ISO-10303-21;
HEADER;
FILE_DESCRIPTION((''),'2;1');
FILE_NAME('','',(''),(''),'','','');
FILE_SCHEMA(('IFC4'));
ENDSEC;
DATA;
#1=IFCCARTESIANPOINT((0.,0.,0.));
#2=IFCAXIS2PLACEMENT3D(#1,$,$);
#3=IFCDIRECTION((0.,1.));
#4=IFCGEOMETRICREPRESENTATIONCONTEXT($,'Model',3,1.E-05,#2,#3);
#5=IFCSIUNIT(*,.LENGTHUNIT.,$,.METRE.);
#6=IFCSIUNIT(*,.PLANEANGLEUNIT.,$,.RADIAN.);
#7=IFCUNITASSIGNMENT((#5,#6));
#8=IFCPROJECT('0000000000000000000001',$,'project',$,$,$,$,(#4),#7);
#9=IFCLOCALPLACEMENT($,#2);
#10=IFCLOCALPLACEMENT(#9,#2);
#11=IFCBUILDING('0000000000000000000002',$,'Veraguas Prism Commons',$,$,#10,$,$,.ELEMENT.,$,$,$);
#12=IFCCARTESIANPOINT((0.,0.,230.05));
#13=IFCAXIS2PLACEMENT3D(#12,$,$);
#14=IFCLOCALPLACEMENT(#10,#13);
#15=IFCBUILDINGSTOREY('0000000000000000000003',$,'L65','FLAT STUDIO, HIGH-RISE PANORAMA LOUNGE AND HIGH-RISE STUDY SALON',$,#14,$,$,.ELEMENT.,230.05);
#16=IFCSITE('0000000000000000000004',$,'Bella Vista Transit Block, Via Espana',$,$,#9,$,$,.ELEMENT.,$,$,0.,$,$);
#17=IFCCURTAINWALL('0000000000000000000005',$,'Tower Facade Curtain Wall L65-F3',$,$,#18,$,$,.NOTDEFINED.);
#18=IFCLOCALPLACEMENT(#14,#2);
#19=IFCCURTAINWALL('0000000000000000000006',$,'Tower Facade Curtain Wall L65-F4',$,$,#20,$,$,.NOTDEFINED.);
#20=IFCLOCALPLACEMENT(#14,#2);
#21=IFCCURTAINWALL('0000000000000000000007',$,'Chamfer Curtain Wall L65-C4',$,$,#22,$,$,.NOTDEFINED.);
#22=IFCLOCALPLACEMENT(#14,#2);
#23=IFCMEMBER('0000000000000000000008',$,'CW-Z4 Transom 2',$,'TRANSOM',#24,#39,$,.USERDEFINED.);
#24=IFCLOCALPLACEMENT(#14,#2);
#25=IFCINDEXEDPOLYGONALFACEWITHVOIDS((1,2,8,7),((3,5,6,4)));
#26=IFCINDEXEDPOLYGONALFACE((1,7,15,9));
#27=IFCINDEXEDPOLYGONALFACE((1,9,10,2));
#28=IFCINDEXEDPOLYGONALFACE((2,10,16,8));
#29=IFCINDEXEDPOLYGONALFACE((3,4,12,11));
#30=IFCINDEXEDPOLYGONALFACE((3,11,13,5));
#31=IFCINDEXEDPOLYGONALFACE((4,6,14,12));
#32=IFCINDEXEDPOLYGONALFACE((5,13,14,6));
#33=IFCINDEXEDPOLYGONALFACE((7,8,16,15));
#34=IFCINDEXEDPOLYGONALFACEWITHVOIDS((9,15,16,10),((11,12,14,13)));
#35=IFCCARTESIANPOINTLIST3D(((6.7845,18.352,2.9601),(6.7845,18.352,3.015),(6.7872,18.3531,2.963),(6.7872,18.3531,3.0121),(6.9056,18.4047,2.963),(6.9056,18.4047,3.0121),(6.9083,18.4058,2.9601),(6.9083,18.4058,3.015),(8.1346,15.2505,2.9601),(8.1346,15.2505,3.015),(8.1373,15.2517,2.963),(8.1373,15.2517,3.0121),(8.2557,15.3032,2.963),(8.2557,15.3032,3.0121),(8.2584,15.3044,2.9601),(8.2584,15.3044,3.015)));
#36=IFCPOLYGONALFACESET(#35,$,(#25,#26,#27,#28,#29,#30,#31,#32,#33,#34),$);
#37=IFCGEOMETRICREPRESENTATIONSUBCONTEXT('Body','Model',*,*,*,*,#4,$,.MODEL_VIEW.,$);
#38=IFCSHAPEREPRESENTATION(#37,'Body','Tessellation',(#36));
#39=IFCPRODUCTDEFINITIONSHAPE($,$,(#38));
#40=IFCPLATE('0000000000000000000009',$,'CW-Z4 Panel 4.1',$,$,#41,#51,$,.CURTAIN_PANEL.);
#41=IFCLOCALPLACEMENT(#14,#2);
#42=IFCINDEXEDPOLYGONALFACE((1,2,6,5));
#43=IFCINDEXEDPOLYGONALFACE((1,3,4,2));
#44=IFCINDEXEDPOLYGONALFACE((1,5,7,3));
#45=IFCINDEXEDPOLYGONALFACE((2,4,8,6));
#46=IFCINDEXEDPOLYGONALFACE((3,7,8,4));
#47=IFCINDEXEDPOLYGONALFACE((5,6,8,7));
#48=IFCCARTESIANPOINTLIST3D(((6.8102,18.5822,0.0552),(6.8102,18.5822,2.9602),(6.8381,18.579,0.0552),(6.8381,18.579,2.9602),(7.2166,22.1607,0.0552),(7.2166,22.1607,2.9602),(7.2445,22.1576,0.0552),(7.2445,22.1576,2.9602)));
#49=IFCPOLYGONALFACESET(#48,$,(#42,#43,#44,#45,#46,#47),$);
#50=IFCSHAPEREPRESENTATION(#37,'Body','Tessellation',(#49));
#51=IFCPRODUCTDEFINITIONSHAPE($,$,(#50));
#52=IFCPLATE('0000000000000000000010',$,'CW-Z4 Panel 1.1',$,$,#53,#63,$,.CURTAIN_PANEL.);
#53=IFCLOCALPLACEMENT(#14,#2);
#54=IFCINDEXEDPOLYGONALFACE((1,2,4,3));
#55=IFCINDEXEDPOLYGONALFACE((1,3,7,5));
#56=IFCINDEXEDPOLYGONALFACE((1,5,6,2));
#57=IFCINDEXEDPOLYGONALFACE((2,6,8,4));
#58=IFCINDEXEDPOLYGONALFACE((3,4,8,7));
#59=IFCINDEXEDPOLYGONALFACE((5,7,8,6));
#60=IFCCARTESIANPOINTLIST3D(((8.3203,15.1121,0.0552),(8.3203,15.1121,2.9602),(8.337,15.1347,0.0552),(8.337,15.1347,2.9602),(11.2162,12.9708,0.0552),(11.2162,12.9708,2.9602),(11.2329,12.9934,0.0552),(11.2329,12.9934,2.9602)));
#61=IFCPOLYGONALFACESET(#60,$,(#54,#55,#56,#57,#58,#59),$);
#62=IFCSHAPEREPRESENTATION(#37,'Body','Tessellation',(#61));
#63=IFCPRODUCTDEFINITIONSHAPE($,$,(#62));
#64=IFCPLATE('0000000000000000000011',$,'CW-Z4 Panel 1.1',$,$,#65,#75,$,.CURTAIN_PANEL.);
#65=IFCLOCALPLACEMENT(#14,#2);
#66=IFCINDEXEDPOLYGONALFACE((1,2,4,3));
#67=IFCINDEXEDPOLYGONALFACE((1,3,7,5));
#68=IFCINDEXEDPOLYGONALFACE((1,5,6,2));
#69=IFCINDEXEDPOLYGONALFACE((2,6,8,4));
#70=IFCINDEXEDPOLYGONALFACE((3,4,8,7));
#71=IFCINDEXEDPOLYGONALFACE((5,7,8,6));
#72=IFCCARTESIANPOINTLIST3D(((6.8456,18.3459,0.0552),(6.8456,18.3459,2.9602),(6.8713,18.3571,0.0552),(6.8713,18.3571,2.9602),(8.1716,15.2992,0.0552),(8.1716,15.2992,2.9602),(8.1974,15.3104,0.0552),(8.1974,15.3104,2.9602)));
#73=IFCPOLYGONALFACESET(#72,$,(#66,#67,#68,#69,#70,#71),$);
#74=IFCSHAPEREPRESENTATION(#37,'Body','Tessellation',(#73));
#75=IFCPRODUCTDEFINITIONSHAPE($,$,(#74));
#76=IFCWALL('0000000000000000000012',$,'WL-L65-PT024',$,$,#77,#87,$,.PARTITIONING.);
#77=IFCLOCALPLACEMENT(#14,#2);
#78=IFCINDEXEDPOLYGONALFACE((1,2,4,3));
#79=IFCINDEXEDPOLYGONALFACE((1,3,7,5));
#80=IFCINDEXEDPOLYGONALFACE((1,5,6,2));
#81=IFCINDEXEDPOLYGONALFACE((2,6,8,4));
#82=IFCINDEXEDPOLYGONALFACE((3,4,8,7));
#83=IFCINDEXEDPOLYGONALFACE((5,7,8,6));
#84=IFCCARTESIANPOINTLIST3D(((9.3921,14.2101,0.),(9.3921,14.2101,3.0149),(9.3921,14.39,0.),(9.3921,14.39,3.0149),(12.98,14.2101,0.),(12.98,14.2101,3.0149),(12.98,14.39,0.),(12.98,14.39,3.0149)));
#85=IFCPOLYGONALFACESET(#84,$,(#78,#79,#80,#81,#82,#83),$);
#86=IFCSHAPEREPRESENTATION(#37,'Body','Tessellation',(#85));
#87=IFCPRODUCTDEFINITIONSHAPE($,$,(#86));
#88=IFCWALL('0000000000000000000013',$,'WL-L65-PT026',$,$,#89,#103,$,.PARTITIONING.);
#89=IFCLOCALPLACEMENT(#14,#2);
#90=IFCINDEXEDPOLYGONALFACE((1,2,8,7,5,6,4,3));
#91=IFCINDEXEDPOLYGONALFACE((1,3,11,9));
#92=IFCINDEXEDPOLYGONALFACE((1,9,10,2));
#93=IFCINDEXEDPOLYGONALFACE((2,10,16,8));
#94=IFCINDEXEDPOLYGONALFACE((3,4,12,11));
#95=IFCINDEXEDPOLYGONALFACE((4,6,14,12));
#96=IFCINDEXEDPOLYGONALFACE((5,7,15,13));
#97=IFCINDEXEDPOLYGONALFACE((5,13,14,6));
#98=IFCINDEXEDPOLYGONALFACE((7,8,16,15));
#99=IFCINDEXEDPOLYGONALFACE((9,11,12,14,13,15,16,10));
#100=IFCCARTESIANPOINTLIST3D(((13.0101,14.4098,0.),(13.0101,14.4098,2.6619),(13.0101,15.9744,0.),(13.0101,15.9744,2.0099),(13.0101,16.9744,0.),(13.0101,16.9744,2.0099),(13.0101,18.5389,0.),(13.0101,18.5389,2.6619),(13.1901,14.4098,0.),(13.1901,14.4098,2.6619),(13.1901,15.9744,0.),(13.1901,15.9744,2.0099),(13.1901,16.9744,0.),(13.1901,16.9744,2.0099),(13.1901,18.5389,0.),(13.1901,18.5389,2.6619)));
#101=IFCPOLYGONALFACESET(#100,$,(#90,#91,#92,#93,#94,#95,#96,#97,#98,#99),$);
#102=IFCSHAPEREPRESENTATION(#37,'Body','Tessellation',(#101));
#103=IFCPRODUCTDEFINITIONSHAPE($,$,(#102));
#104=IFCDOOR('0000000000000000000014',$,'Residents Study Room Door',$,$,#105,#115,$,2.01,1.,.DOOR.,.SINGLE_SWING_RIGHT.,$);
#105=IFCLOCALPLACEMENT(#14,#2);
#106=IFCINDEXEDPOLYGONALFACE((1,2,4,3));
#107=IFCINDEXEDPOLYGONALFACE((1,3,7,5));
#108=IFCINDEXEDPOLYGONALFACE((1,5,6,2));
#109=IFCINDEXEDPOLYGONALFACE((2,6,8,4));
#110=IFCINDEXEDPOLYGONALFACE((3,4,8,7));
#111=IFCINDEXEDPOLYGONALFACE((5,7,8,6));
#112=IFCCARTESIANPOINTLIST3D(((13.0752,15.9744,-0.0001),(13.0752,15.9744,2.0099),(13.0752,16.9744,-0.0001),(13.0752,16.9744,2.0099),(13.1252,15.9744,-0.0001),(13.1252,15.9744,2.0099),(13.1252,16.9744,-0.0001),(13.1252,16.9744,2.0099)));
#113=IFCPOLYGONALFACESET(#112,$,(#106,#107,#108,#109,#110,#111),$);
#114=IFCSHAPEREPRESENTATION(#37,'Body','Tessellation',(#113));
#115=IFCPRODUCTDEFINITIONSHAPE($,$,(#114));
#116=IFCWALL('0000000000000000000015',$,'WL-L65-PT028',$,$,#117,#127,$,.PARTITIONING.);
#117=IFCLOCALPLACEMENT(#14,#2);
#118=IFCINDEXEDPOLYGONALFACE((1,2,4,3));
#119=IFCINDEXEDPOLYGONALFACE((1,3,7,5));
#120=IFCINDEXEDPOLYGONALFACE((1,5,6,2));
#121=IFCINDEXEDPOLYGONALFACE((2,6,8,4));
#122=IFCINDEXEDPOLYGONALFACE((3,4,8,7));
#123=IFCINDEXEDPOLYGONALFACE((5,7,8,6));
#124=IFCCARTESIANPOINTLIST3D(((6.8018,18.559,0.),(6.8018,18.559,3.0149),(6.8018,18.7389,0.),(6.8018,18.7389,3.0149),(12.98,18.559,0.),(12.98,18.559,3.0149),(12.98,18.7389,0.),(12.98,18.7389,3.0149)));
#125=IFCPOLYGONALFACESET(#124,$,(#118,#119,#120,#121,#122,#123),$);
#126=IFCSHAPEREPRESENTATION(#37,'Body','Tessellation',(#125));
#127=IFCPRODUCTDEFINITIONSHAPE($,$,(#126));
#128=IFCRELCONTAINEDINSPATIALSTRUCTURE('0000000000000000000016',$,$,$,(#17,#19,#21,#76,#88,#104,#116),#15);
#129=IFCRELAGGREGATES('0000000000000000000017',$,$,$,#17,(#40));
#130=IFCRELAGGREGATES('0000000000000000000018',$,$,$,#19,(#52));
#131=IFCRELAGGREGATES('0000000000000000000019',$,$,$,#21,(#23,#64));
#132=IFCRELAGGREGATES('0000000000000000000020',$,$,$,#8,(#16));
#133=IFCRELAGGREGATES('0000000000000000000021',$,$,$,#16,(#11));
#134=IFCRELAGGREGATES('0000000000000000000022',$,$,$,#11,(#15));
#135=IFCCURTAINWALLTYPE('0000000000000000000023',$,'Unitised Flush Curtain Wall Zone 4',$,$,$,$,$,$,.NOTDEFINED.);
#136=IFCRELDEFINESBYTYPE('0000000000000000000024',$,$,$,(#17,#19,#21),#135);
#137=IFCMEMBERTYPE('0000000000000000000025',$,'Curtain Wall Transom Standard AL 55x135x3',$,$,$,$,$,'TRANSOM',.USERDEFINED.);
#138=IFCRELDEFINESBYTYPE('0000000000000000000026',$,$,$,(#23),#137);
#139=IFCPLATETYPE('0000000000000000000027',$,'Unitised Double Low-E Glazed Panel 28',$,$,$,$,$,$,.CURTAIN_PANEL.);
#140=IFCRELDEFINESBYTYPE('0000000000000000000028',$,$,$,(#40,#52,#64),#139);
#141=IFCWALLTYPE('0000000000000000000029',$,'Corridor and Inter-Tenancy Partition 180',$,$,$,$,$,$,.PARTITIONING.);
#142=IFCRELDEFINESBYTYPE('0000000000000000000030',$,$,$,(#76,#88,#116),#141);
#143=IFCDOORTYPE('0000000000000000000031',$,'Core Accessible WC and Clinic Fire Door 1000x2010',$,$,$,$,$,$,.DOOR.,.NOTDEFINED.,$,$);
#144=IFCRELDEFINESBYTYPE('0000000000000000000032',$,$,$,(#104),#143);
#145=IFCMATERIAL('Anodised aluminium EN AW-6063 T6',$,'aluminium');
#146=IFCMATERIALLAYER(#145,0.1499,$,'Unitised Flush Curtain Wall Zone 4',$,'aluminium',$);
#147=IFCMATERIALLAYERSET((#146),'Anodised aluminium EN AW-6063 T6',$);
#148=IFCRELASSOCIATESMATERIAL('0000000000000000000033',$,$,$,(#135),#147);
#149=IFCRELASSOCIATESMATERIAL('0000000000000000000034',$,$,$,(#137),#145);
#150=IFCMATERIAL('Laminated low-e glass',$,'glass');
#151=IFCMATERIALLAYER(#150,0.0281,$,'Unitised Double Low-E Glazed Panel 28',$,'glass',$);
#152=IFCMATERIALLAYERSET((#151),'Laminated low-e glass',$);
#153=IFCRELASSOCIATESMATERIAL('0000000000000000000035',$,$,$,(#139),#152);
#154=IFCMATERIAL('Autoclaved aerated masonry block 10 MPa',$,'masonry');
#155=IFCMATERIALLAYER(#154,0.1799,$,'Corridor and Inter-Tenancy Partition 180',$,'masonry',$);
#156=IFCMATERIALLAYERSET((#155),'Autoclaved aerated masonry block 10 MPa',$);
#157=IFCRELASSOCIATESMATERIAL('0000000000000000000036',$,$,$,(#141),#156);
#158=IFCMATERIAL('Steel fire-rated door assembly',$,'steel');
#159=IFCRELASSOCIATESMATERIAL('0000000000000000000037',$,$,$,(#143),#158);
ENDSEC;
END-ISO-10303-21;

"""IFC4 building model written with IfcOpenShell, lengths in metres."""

from ifc_helpers import new_model, si_unit, direction, frame, frame_2d, origin, origin_2d, place, context, subcontext, project, spatial, rectangle, hollow_rectangle, extrude, source, transform, mapped, material, layer, layer_set, material_profile, profile_set, type_object, element, fill, aggregate, save


model = new_model("IFC4")

# Units and contexts
model_context = context("Model", 3, precision=1e-05, world=origin(), true_north=direction((0.0, 1.0)))
body_context = subcontext(model_context, "Body", "Model", "MODEL_VIEW")
ifc_project = project(units=[si_unit("LENGTHUNIT", "METRE"), si_unit("PLANEANGLEUNIT", "RADIAN")], contexts=[model_context])

# Site, building, storey
site_placement = place(None, origin())
site = spatial("IfcSite", under=ifc_project, at=site_placement, Name="Bella Vista Transit Block, Via Espana", CompositionType="ELEMENT", RefElevation=0.0)
building_placement = place(site_placement, origin())
building = spatial("IfcBuilding", under=site, at=building_placement, Name="Veraguas Prism Commons", CompositionType="ELEMENT")
storey_placement = place(building_placement, frame((0.0, 0.0, 230.05)))
storey = spatial("IfcBuildingStorey", under=building, at=storey_placement, Name="L65", Description="FLAT STUDIO, HIGH-RISE PANORAMA LOUNGE AND HIGH-RISE STUDY SALON", CompositionType="ELEMENT", Elevation=230.05)

# Curtain walls
ifc_material_1 = material(Name="Anodised aluminium EN AW-6063 T6", Category="aluminium")
ifc_layer_1 = layer(ifc_material_1, 0.1499, Name="Unitised Flush Curtain Wall Zone 4", Category="aluminium")
ifc_layer_set_1 = layer_set([ifc_layer_1], Name="Anodised aluminium EN AW-6063 T6")
curtain_wall_type = type_object("IfcCurtainWallType", Name="Unitised Flush Curtain Wall Zone 4", PredefinedType="NOTDEFINED", material=ifc_layer_set_1)
curtain_wall_1_placement = place(storey_placement, origin())
curtain_wall_1 = element("IfcCurtainWall", 1, at=curtain_wall_1_placement, inside=storey, type_object=curtain_wall_type, Name="Tower Facade Curtain Wall L65-F3", PredefinedType="NOTDEFINED")
curtain_wall_2_placement = place(storey_placement, origin())
curtain_wall_2 = element("IfcCurtainWall", 2, at=curtain_wall_2_placement, inside=storey, type_object=curtain_wall_type, Name="Tower Facade Curtain Wall L65-F4", PredefinedType="NOTDEFINED")

# Curtain wall
curtain_wall_3_placement = place(storey_placement, origin())
curtain_wall_3 = element("IfcCurtainWall", 3, at=curtain_wall_3_placement, inside=storey, type_object=curtain_wall_type, Name="Chamfer Curtain Wall L65-C4", PredefinedType="NOTDEFINED")

# Member
ifc_material_profile_1 = material_profile(ifc_material_1, hollow_rectangle(XDim=0.0549, YDim=0.135, WallThickness=0.0029, at=origin_2d()), Name="AL55X135X3")
ifc_profile_set_1 = profile_set([ifc_material_profile_1], Name="Anodised aluminium EN AW-6063 T6")
member_type_1 = type_object("IfcMemberType", Name="Curtain Wall Transom Standard AL 55x135x3", ElementType="TRANSOM", PredefinedType="USERDEFINED", material=ifc_profile_set_1)
shared_shape_1 = source(origin(), body_context, "Body", "SweptSolid", [
    extrude(hollow_rectangle(XDim=0.0549, YDim=0.135, WallThickness=0.0029, at=origin_2d()), origin(), (0.0, 0.0, 1.0), 3.3826),
])
member_1_placement = place(storey_placement, frame((6.8464, 18.3789, 2.9875), z_axis=(0.399122, -0.916898, 0.0), x_axis=(0.0, 0.0, 1.0)))
member_1 = element("IfcMember", 4, at=member_1_placement, type_object=member_type_1, Name="CW-Z4 Transom 2", ObjectType="TRANSOM", PredefinedType="USERDEFINED", context=body_context, shape_type="MappedRepresentation", body=[
    mapped(shared_shape_1, transform((0.0, 0.0, 0.0), scale=1.0)),
])

# Plates
ifc_material_2 = material(Name="Laminated low-e glass", Category="glass")
ifc_layer_2 = layer(ifc_material_2, 0.0281, Name="Unitised Double Low-E Glazed Panel 28", Category="glass")
ifc_layer_set_2 = layer_set([ifc_layer_2], Name="Laminated low-e glass")
plate_type = type_object("IfcPlateType", Name="Unitised Double Low-E Glazed Panel 28", PredefinedType="CURTAIN_PANEL", material=ifc_layer_set_2)
shared_shape_2 = source(origin(), body_context, "Body", "SweptSolid", [
    extrude(rectangle(XDim=3.6016, YDim=0.0281, at=origin_2d()), origin(), (0.0, 0.0, 1.0), 2.905),
])
plate_1_placement = place(storey_placement, frame((7.0273, 20.3699, 0.0552), z_axis=(0.0, 0.0, 1.0), x_axis=(-0.112858, -0.993611, 0.0)))
plate_1 = element("IfcPlate", 5, at=plate_1_placement, type_object=plate_type, Name="CW-Z4 Panel 4.1", PredefinedType="CURTAIN_PANEL", context=body_context, shape_type="MappedRepresentation", body=[
    mapped(shared_shape_2, transform((0.0, 0.0, 0.0), scale=1.0)),
])
aggregate(curtain_wall_1, [plate_1])
plate_2_placement = place(storey_placement, frame((9.7766, 14.0527, 0.0552), z_axis=(0.0, 0.0, 1.0), x_axis=(0.804068, -0.594538, 0.0)))
plate_2 = element("IfcPlate", 6, at=plate_2_placement, type_object=plate_type, Name="CW-Z4 Panel 1.1", PredefinedType="CURTAIN_PANEL", context=body_context, shape_type="MappedRepresentation", body=[
    mapped(shared_shape_2, transform((0.0, 0.0, 0.0), scale=1.0)),
])
aggregate(curtain_wall_2, [plate_2])
shared_shape_3 = source(origin(), body_context, "Body", "SweptSolid", [
    extrude(rectangle(XDim=3.3228, YDim=0.0281, at=origin_2d()), origin(), (0.0, 0.0, 1.0), 2.905),
])
plate_3_placement = place(storey_placement, frame((7.5215, 16.8281, 0.0552), z_axis=(0.0, 0.0, 1.0), x_axis=(0.399084, -0.916915, 0.0)))
plate_3 = element("IfcPlate", 7, at=plate_3_placement, type_object=plate_type, Name="CW-Z4 Panel 1.1", PredefinedType="CURTAIN_PANEL", context=body_context, shape_type="MappedRepresentation", body=[
    mapped(shared_shape_3, transform((0.0, 0.0, 0.0), scale=1.0)),
])
aggregate(curtain_wall_3, [member_1, plate_3])

# Wall
ifc_material_3 = material(Name="Autoclaved aerated masonry block 10 MPa", Category="masonry")
ifc_layer_3 = layer(ifc_material_3, 0.1799, Name="Corridor and Inter-Tenancy Partition 180", Category="masonry")
ifc_layer_set_3 = layer_set([ifc_layer_3], Name="Autoclaved aerated masonry block 10 MPa")
wall_type = type_object("IfcWallType", Name="Corridor and Inter-Tenancy Partition 180", PredefinedType="PARTITIONING", material=ifc_layer_set_3)
wall_1_placement = place(storey_placement, frame((12.98, 14.3, 0.0), z_axis=(0.0, 0.0, 1.0), x_axis=(-1.0, 0.0, 0.0)))
element("IfcWall", 8, at=wall_1_placement, inside=storey, type_object=wall_type, Name="WL-L65-PT024", PredefinedType="PARTITIONING", context=body_context, shape_type="SweptSolid", body=[
    extrude(rectangle(XDim=3.5879, YDim=0.1799, at=frame_2d((1.7939, 0.0))), origin(), (0.0, 0.0, 1.0), 3.0149),
])

# Wall, opening, door
wall_2_placement = place(storey_placement, frame((13.1001, 14.4099, 0.0), z_axis=(0.0, 0.0, 1.0), x_axis=(0.0, 1.0, 0.0)))
wall_2 = element("IfcWall", 9, at=wall_2_placement, inside=storey, type_object=wall_type, Name="WL-L65-PT026", PredefinedType="PARTITIONING", context=body_context, shape_type="SweptSolid", body=[
    extrude(rectangle(XDim=4.1292, YDim=0.1799, at=frame_2d((2.0645, 0.0))), origin(), (0.0, 0.0, 1.0), 2.6619),
])
opening_placement = place(wall_2_placement, frame((1.5645, 0.0, 0.0)))
opening = element("IfcOpeningElement", 10, at=opening_placement, cuts=wall_2, PredefinedType="OPENING", context=body_context, shape_type="SweptSolid", body=[
    extrude(rectangle(XDim=1.0, YDim=2.01, at=frame_2d((0.5, 1.0049))), frame((0.0, 0.0999, 0.0), z_axis=(0.0, -1.0, 0.0), x_axis=(1.0, 0.0, 0.0)), (0.0, 0.0, 1.0), 0.2),
])
ifc_material_4 = material(Name="Steel fire-rated door assembly", Category="steel")
door_type = type_object("IfcDoorType", Name="Core Accessible WC and Clinic Fire Door 1000x2010", OperationType="NOTDEFINED", PredefinedType="DOOR", material=ifc_material_4)
shared_shape_4 = source(origin(), body_context, "Body", "SweptSolid", [
    extrude(rectangle(XDim=1.0, YDim=2.01, at=frame_2d((0.5, 1.0049))), frame((0.0, 0.0249, 0.0), z_axis=(0.0, -1.0, 0.0), x_axis=(1.0, 0.0, 0.0)), (0.0, 0.0, 1.0), 0.05),
])
door_placement = place(opening_placement, origin())
door = element("IfcDoor", 11, at=door_placement, inside=storey, type_object=door_type, Name="Residents Study Room Door", OperationType="SINGLE_SWING_RIGHT", OverallHeight=2.01, OverallWidth=1.0, PredefinedType="DOOR", context=body_context, shape_type="MappedRepresentation", body=[
    mapped(shared_shape_4, transform((0.0, 0.0, 0.0), scale=1.0)),
])
fill(opening, door)

# Wall
wall_3_placement = place(storey_placement, frame((12.98, 18.6489, 0.0), z_axis=(0.0, 0.0, 1.0), x_axis=(-1.0, 0.0, 0.0)))
element("IfcWall", 12, at=wall_3_placement, inside=storey, type_object=wall_type, Name="WL-L65-PT028", PredefinedType="PARTITIONING", context=body_context, shape_type="SweptSolid", body=[
    extrude(rectangle(XDim=6.1782, YDim=0.1799, at=frame_2d((3.0891, 0.0))), origin(), (0.0, 0.0, 1.0), 3.0149),
])

save(model, "model.ifc")
